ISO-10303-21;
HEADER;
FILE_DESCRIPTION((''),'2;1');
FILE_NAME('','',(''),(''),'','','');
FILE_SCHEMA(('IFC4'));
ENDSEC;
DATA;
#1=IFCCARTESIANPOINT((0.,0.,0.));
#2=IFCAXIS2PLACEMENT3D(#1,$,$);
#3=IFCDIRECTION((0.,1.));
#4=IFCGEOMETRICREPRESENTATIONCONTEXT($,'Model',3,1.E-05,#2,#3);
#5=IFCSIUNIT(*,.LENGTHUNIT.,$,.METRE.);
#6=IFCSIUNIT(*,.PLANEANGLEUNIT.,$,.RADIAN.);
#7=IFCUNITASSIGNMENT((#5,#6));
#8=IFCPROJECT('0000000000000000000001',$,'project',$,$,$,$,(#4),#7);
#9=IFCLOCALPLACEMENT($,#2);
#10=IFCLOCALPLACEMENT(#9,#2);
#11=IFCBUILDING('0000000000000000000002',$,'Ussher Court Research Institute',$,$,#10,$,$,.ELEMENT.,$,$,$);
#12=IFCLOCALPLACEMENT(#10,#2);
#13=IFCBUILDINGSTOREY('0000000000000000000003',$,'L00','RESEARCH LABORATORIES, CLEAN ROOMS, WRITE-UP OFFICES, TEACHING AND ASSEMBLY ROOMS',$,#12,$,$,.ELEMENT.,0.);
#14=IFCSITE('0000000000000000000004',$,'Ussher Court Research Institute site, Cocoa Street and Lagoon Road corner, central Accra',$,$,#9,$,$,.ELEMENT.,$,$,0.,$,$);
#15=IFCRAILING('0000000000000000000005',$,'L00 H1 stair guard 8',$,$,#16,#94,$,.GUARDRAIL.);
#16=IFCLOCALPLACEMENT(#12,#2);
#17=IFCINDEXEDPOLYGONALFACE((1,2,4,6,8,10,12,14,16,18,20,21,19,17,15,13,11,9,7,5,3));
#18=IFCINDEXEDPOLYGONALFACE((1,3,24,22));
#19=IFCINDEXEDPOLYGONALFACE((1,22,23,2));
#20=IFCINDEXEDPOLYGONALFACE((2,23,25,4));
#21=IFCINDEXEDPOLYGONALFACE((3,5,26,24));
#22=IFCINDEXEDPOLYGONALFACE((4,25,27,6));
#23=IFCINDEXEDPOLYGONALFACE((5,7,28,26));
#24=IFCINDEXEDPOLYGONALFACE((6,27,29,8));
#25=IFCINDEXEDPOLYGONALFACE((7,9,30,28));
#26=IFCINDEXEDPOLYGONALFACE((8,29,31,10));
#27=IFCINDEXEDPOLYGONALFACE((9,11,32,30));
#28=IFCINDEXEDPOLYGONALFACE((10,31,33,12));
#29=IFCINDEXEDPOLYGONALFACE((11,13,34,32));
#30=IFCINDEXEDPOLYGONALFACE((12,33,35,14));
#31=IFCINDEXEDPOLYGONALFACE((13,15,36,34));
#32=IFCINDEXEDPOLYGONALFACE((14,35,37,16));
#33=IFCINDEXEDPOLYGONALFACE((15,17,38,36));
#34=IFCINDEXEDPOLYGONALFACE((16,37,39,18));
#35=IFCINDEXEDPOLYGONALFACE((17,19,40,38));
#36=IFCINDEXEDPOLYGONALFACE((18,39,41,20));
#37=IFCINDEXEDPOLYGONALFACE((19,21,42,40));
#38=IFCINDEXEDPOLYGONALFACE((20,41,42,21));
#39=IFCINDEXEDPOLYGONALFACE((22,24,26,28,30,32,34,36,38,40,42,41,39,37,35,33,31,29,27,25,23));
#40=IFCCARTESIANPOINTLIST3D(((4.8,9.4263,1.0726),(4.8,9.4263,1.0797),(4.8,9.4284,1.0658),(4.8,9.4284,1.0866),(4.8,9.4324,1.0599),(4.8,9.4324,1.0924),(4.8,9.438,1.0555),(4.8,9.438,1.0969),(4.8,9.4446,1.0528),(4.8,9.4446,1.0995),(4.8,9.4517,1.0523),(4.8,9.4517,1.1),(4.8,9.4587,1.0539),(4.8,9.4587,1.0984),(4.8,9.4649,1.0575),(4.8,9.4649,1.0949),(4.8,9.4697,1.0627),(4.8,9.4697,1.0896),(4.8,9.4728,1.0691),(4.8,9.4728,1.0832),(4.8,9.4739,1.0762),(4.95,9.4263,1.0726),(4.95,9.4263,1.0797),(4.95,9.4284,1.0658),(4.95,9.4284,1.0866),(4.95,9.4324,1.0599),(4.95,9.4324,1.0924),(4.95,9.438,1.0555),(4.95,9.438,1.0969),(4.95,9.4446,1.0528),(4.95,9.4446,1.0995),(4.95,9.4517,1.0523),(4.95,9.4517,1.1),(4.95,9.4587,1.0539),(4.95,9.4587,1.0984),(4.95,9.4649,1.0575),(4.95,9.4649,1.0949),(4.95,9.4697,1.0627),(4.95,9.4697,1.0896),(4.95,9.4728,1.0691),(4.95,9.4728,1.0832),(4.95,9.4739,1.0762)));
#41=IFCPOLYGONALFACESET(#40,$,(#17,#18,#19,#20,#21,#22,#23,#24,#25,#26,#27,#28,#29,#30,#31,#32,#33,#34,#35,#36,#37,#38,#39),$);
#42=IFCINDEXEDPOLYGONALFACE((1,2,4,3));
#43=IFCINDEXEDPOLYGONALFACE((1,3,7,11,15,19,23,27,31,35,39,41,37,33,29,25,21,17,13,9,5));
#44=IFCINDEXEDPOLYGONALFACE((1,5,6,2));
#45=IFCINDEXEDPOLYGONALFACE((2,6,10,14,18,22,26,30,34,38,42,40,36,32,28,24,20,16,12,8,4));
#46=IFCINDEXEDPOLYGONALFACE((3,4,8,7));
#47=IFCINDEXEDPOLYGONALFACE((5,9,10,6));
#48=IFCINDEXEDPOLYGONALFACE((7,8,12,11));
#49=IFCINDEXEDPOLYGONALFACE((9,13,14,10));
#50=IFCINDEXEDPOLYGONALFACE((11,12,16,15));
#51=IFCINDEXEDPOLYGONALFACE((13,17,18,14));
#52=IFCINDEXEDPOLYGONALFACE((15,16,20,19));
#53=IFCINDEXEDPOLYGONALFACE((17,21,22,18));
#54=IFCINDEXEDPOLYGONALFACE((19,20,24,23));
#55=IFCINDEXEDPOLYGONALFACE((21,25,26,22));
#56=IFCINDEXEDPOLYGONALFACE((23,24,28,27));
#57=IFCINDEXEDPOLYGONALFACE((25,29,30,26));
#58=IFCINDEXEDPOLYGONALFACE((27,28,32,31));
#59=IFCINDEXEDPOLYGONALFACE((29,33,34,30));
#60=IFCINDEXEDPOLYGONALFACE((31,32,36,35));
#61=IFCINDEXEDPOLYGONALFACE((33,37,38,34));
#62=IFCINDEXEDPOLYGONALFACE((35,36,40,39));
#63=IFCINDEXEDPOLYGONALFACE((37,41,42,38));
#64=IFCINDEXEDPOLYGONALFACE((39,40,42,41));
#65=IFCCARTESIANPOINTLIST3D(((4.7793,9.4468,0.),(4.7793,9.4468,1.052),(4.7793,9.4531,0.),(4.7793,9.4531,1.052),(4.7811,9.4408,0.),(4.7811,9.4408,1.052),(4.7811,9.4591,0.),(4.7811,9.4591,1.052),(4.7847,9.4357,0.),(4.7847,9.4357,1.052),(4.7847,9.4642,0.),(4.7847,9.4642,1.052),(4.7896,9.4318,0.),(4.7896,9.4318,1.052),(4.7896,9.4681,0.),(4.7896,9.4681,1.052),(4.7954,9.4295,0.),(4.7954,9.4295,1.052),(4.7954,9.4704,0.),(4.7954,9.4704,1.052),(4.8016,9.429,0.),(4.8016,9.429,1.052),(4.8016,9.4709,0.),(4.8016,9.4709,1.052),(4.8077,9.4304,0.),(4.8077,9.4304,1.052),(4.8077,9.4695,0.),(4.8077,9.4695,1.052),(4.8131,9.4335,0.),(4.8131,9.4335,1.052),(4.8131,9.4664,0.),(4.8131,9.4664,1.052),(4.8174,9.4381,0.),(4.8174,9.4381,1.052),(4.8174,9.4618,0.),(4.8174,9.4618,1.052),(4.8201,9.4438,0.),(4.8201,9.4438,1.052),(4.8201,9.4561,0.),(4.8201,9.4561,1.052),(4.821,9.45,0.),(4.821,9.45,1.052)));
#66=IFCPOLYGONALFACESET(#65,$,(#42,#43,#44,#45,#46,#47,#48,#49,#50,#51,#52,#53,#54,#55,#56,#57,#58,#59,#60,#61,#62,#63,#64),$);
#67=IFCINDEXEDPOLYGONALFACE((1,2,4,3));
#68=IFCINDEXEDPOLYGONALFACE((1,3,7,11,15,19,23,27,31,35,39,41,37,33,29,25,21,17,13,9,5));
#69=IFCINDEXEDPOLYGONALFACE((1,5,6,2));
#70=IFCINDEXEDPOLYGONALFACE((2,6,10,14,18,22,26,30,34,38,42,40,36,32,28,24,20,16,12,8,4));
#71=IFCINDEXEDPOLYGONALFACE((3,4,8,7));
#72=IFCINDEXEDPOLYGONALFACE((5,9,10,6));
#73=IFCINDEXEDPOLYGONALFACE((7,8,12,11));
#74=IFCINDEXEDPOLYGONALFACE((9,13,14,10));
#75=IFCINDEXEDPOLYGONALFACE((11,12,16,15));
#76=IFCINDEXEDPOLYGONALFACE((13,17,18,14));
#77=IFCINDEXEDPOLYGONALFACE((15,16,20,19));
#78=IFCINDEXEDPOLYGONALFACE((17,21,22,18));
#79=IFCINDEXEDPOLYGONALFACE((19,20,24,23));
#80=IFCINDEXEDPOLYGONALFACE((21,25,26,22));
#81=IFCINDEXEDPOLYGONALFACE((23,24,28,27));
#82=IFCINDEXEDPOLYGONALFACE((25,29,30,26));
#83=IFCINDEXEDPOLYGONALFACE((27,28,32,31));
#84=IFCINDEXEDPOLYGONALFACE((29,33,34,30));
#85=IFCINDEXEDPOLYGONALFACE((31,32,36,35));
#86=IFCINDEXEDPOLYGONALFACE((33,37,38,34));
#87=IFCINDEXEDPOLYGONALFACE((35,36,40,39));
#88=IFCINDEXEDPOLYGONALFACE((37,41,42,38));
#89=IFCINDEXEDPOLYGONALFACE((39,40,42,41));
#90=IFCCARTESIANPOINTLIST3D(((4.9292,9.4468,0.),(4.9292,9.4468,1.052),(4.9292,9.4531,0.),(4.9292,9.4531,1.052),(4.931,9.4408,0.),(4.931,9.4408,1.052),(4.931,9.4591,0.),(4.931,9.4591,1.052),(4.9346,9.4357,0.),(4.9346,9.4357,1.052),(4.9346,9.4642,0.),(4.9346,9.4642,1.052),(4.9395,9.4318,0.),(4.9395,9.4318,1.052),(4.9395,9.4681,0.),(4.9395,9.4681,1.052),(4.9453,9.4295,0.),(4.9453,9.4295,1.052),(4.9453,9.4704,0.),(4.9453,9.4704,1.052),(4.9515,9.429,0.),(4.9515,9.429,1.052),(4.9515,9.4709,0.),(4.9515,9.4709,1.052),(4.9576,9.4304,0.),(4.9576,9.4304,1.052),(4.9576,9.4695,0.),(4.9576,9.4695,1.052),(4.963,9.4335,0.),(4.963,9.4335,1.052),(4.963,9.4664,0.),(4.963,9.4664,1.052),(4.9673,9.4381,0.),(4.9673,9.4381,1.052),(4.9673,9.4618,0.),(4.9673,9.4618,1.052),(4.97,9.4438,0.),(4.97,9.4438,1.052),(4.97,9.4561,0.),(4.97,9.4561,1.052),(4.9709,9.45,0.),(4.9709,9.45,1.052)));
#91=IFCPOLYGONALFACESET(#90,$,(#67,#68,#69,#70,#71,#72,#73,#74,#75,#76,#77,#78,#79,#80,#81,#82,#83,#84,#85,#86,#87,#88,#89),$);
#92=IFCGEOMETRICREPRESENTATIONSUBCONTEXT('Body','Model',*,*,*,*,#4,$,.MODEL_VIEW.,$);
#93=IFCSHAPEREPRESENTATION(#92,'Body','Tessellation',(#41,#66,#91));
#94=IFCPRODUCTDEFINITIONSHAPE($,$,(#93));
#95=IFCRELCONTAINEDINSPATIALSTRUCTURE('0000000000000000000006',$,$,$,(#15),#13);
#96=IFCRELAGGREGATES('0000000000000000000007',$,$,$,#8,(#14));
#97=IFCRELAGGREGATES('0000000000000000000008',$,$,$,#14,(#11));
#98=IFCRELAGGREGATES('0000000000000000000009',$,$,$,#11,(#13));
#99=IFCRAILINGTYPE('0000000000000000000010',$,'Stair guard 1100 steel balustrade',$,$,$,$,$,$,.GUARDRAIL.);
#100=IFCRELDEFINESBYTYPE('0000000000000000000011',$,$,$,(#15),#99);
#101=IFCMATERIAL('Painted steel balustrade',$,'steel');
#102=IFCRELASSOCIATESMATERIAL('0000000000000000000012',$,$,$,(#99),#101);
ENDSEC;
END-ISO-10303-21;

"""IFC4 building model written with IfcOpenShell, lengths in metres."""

from ifc_helpers import new_model, si_unit, direction, frame, origin, origin_2d, place, context, subcontext, project, spatial, circle, extrude, material, type_object, element, save


model = new_model("IFC4")

# Units and contexts
model_context = context("Model", 3, precision=1e-05, world=origin(), true_north=direction((0.0, 1.0)))
body_context = subcontext(model_context, "Body", "Model", "MODEL_VIEW")
ifc_project = project(units=[si_unit("LENGTHUNIT", "METRE"), si_unit("PLANEANGLEUNIT", "RADIAN")], contexts=[model_context])

# Site, building, storey
site_placement = place(None, origin())
site = spatial("IfcSite", under=ifc_project, at=site_placement, Name="Ussher Court Research Institute site, Cocoa Street and Lagoon Road corner, central Accra", CompositionType="ELEMENT", RefElevation=0.0)
building_placement = place(site_placement, origin())
building = spatial("IfcBuilding", under=site, at=building_placement, Name="Ussher Court Research Institute", CompositionType="ELEMENT")
storey_placement = place(building_placement, origin())
storey = spatial("IfcBuildingStorey", under=building, at=storey_placement, Name="L00", Description="RESEARCH LABORATORIES, CLEAN ROOMS, WRITE-UP OFFICES, TEACHING AND ASSEMBLY ROOMS", CompositionType="ELEMENT", Elevation=0.0)

# Railing
ifc_material_1 = material(Name="Painted steel balustrade", Category="steel")
railing_type = type_object("IfcRailingType", Name="Stair guard 1100 steel balustrade", PredefinedType="GUARDRAIL", material=ifc_material_1)
railing_placement = place(storey_placement, frame((4.8, 9.45, 0.0)))
element("IfcRailing", 1, at=railing_placement, inside=storey, type_object=railing_type, Name="L00 H1 stair guard 8", PredefinedType="GUARDRAIL", context=body_context, shape_type="SweptSolid", body=[
    extrude(circle(Radius=0.0239, at=origin_2d()), frame((0.0, 0.0, 1.0762), z_axis=(1.0, 0.0, 0.0), x_axis=(0.0, 1.0, 0.0)), (0.0, 0.0, 1.0), 0.1499),
    extrude(circle(Radius=0.021, at=origin_2d()), origin(), (0.0, 0.0, 1.0), 1.052),
    extrude(circle(Radius=0.021, at=origin_2d()), frame((0.1499, 0.0, 0.0)), (0.0, 0.0, 1.0), 1.052),
])

save(model, "model.ifc")
